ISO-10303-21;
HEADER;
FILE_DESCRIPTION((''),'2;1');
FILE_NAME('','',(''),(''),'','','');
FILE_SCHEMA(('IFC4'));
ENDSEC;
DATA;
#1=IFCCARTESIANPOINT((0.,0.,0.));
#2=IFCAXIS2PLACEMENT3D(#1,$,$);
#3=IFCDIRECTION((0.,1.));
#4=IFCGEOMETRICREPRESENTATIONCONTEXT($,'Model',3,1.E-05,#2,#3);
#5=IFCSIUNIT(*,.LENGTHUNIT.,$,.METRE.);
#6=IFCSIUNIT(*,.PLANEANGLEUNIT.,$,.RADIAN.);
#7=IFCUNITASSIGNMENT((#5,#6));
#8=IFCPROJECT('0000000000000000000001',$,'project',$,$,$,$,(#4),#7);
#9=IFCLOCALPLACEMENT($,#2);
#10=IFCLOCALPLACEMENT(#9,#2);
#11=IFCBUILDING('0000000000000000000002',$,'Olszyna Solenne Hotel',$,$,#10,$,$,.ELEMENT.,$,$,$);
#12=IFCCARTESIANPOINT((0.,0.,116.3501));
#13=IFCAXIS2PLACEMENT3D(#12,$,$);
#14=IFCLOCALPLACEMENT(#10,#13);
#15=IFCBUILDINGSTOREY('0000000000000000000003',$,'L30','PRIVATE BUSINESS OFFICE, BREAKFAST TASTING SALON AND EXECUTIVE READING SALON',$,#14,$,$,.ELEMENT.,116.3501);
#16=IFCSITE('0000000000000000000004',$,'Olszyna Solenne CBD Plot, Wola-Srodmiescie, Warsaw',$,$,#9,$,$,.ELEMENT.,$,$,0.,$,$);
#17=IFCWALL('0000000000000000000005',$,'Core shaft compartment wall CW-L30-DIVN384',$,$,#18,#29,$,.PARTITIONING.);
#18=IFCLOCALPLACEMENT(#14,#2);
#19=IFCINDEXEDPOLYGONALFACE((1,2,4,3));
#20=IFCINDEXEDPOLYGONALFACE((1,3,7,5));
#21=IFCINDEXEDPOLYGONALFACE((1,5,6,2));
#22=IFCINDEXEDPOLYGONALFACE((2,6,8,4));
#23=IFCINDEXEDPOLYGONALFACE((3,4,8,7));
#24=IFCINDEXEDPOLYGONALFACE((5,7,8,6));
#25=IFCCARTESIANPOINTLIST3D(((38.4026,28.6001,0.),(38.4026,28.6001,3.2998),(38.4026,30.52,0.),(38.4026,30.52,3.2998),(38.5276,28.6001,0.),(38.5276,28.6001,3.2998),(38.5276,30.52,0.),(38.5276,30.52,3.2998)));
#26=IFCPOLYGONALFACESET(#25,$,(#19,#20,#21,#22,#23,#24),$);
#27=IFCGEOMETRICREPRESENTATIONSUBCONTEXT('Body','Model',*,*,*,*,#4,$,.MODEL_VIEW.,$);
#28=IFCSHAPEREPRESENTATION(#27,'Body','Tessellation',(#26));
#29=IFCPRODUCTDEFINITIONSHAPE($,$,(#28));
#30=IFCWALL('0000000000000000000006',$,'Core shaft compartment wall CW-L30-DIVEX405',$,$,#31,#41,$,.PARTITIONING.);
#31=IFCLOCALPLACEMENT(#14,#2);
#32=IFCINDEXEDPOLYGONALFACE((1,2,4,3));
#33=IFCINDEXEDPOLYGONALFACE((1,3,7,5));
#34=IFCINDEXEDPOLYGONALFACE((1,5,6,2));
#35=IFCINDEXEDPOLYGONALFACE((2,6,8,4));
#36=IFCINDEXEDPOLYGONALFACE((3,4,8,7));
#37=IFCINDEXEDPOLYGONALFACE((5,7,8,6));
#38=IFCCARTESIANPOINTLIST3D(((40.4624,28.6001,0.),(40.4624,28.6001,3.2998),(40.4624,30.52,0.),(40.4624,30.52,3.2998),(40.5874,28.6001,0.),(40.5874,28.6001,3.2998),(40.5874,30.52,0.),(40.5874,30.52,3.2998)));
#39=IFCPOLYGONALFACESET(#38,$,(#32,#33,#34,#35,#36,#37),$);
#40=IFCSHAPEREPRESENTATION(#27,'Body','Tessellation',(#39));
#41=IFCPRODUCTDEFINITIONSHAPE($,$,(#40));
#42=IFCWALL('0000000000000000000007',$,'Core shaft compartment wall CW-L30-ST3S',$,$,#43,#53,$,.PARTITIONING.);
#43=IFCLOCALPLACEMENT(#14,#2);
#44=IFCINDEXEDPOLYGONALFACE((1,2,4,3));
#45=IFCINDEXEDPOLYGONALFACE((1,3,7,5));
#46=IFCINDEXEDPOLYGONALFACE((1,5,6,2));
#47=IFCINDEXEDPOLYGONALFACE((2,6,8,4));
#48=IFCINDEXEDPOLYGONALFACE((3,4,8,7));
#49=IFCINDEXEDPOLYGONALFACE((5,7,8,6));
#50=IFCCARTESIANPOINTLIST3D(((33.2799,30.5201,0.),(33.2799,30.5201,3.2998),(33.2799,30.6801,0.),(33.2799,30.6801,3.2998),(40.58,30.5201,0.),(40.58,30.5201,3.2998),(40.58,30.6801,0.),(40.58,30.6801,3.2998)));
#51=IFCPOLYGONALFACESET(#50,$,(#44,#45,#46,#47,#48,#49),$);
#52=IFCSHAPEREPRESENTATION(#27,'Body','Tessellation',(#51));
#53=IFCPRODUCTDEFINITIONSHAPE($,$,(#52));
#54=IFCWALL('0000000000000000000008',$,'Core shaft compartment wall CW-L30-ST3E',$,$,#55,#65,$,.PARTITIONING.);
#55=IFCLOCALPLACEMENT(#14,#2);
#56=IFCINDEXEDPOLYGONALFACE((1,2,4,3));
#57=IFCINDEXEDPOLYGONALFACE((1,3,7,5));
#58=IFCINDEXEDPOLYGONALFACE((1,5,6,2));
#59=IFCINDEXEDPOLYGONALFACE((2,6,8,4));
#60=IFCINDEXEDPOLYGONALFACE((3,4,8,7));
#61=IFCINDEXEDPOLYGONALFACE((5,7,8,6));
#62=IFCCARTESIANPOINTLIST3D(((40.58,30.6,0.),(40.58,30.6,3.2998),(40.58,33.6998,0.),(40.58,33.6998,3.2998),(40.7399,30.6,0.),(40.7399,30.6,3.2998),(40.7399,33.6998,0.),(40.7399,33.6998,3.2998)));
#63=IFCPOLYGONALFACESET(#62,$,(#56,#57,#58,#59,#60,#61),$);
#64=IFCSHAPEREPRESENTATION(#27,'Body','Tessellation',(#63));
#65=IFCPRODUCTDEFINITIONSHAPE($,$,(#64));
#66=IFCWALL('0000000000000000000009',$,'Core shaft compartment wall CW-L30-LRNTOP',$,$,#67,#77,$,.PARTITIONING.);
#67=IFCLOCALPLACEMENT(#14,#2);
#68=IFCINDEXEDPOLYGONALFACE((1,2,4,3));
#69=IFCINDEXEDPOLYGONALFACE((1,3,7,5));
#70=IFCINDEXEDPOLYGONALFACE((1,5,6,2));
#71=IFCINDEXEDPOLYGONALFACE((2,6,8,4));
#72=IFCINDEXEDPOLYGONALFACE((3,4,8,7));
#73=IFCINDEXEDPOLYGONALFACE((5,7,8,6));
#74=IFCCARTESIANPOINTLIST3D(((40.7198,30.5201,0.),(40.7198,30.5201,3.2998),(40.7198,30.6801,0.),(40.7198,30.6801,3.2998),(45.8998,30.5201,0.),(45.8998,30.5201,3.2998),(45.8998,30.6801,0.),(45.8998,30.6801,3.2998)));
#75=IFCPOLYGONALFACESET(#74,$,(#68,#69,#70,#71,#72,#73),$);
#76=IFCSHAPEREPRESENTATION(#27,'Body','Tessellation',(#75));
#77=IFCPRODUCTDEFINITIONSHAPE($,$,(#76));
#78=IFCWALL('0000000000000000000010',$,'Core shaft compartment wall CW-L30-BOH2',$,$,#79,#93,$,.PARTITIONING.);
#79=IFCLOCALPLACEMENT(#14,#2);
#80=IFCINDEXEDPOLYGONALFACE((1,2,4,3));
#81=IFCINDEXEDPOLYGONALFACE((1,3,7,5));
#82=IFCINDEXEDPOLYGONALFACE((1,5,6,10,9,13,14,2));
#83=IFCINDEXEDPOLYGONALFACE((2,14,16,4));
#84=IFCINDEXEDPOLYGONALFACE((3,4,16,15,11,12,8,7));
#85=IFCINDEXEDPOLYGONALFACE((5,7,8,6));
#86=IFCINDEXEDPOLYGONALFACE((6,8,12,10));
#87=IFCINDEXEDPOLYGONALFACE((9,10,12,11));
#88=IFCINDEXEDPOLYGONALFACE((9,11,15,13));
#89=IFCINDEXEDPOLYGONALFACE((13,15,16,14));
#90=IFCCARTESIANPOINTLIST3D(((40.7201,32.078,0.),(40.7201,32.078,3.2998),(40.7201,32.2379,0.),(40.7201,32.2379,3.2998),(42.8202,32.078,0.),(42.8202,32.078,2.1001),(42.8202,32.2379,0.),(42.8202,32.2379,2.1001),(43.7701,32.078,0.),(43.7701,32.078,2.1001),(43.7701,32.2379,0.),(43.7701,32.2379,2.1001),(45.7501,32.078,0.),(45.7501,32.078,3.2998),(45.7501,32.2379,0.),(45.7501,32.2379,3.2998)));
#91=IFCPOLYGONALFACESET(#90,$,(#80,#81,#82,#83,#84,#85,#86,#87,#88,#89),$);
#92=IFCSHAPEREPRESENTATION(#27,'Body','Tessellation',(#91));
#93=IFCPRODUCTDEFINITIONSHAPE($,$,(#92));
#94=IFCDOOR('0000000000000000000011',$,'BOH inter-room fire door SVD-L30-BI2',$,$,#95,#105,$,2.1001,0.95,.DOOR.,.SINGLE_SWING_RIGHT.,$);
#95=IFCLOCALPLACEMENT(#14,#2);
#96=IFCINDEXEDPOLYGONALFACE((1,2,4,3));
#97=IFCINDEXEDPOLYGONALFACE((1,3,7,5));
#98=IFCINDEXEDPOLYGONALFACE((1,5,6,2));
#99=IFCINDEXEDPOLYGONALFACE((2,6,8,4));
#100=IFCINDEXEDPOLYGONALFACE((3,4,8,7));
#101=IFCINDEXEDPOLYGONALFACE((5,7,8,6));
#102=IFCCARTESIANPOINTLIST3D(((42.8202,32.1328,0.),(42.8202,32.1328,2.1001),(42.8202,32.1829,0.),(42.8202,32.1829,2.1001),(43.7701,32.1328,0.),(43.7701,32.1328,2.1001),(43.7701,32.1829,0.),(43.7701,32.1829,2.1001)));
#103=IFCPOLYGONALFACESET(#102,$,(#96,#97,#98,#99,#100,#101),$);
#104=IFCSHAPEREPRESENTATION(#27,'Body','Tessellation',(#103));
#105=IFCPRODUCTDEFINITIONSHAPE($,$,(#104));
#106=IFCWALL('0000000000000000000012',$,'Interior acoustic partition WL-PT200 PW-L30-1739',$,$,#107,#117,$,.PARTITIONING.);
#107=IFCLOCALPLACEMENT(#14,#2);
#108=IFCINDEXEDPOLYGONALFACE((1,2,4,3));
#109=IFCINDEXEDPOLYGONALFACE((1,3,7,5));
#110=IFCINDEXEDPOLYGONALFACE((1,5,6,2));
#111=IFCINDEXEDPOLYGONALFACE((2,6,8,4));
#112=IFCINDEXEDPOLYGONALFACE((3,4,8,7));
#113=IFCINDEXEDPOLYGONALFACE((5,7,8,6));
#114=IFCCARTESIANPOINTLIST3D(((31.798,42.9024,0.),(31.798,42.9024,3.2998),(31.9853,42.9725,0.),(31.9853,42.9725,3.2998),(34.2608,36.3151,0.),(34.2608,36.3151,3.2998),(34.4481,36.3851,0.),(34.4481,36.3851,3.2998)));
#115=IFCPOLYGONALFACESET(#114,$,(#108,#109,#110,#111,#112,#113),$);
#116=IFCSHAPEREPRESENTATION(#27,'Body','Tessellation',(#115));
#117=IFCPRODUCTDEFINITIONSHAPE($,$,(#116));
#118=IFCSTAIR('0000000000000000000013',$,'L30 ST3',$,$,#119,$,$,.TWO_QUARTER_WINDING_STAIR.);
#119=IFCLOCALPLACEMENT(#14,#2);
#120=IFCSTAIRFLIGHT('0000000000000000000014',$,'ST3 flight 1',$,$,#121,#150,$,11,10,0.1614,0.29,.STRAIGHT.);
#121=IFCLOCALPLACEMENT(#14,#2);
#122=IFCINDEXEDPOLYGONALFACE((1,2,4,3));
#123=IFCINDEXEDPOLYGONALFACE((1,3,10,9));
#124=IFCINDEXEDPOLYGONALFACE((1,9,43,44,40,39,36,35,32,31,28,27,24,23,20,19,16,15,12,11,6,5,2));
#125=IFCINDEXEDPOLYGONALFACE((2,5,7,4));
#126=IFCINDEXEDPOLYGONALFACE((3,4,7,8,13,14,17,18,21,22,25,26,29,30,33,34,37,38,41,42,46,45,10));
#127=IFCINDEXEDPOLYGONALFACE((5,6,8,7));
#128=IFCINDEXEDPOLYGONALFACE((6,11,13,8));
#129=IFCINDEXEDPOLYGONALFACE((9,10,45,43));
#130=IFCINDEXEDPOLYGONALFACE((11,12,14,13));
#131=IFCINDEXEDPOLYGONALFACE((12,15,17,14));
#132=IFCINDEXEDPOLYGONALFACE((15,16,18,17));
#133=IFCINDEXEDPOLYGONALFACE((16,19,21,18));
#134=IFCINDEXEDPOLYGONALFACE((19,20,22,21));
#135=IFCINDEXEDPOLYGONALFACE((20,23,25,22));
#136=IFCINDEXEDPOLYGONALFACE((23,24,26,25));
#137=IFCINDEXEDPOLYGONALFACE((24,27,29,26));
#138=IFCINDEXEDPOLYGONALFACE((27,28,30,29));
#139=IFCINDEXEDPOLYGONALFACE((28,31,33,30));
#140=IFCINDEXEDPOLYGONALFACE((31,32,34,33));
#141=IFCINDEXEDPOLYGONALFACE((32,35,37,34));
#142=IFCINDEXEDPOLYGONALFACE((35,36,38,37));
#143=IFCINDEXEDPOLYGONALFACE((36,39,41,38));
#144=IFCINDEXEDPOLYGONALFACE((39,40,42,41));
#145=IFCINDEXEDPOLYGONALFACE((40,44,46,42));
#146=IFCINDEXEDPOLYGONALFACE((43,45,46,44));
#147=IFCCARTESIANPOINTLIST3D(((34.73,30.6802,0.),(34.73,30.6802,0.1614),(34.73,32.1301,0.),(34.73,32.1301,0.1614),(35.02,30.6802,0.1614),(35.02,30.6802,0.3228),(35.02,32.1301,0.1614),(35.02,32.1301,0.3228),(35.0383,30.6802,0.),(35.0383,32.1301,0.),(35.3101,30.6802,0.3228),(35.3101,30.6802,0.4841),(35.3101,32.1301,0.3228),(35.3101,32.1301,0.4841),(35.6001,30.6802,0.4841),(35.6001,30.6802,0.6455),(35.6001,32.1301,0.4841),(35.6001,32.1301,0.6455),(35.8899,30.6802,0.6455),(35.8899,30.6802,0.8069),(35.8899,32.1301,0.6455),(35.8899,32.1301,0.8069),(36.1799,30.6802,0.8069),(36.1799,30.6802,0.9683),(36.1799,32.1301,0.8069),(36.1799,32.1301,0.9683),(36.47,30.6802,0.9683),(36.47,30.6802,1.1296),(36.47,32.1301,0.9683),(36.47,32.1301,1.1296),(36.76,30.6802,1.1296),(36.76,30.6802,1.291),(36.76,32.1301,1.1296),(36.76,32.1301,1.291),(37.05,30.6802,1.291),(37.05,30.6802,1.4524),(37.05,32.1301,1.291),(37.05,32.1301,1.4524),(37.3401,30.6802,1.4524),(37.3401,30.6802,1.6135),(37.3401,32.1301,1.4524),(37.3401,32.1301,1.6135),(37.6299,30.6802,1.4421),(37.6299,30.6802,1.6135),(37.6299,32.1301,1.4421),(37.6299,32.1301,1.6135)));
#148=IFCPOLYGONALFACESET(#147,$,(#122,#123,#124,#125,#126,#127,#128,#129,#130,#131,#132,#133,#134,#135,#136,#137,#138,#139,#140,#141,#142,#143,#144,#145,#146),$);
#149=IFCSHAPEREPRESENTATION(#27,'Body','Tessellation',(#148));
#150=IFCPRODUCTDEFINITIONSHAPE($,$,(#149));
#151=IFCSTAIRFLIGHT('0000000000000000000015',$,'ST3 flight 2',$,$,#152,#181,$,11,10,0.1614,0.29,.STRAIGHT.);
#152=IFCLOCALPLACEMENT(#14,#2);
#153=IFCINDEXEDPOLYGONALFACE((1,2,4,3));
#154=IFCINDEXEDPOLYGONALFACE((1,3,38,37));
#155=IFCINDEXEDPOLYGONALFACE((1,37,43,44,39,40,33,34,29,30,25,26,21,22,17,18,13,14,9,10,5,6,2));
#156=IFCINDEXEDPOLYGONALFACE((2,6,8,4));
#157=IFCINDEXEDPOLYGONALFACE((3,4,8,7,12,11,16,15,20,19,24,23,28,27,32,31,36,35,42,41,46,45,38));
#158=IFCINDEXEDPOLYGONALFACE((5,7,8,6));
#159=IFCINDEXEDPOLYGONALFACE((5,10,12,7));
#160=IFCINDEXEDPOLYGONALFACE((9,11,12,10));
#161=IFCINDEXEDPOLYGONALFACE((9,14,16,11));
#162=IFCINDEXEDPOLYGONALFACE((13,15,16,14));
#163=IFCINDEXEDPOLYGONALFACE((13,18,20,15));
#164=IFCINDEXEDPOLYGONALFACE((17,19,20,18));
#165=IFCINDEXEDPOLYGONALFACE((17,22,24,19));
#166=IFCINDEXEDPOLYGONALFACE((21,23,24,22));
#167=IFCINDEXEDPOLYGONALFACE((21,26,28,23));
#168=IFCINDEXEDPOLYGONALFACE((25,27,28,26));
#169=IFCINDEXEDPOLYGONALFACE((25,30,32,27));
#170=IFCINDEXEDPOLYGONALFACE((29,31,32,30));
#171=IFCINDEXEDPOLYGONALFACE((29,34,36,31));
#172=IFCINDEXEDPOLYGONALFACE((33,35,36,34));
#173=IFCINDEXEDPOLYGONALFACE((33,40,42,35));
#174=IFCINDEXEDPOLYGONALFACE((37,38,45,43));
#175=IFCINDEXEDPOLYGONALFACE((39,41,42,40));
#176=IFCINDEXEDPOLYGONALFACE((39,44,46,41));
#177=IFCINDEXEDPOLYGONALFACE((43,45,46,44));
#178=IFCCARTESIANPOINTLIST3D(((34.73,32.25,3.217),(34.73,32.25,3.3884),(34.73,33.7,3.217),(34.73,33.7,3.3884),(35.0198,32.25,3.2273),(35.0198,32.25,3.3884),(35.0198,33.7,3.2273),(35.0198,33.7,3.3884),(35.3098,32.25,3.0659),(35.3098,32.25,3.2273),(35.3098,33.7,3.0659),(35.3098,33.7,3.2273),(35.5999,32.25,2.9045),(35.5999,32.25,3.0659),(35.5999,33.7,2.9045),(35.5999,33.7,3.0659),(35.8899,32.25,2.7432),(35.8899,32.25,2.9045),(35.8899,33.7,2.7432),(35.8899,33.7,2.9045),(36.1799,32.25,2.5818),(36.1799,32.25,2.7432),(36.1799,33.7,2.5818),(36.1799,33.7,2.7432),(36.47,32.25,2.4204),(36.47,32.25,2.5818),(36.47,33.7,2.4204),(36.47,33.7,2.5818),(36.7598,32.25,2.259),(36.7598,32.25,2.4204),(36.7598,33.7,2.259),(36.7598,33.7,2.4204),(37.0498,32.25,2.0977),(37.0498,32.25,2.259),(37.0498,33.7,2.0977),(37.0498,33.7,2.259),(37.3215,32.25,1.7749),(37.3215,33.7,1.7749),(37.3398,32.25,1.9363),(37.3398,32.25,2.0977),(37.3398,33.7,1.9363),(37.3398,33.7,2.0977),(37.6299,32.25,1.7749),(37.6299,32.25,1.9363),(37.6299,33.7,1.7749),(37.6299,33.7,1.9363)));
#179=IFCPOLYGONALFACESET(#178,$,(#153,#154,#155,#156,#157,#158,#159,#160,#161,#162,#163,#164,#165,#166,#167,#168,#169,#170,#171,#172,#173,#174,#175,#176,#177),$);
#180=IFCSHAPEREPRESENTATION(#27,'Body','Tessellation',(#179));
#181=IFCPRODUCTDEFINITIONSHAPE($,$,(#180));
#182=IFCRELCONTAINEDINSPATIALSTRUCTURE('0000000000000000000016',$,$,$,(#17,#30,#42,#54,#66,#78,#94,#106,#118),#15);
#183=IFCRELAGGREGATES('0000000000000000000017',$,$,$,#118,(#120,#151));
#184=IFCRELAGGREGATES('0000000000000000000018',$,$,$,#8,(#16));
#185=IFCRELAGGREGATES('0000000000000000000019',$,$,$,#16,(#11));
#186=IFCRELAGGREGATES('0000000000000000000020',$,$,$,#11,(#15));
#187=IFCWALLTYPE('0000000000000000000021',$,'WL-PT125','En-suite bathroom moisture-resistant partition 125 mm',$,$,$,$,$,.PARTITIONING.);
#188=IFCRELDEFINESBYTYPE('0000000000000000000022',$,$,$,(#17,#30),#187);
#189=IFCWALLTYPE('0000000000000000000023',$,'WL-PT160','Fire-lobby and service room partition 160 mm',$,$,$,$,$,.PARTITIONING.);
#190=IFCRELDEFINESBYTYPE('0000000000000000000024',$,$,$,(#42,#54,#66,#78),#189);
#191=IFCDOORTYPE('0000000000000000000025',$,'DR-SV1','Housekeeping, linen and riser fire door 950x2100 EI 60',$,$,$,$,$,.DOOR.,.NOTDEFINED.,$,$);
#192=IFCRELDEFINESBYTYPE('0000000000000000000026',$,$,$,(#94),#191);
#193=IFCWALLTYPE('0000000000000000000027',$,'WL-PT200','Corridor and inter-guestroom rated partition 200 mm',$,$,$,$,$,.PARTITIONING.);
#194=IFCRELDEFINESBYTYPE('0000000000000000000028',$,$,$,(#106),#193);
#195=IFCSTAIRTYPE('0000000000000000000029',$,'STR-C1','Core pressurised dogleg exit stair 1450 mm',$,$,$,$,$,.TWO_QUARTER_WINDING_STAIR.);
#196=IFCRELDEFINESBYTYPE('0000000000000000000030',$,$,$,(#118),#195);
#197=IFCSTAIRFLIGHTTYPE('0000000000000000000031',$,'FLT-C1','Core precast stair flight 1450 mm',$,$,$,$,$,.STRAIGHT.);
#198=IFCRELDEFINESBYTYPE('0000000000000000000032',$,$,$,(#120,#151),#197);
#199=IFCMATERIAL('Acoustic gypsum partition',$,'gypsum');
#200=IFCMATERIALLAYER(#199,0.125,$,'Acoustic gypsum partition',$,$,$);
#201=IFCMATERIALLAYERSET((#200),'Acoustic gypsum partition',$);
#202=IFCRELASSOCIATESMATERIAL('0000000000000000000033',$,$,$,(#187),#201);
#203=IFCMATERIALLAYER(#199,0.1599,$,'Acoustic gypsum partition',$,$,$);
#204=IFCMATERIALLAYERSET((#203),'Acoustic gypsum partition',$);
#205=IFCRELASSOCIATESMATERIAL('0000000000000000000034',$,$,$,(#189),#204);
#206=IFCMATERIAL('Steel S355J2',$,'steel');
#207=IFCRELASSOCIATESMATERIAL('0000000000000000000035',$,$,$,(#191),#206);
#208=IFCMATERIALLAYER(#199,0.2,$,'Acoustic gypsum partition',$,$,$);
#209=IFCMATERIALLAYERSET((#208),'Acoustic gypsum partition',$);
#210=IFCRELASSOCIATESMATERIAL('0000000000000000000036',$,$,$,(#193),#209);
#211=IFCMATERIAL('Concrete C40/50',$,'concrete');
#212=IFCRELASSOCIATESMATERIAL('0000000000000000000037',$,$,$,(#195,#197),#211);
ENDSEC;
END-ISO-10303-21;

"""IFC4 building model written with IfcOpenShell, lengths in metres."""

from ifc_helpers import new_model, si_unit, direction, frame, frame_2d, origin, place, context, subcontext, project, spatial, polyline, rectangle, outline, extrude, source, transform, mapped, material, layer, layer_set, type_object, type_shapes, element, fill, aggregate, save


model = new_model("IFC4")

# Units and contexts
model_context = context("Model", 3, precision=1e-05, world=origin(), true_north=direction((0.0, 1.0)))
body_context = subcontext(model_context, "Body", "Model", "MODEL_VIEW")
ifc_project = project(units=[si_unit("LENGTHUNIT", "METRE"), si_unit("PLANEANGLEUNIT", "RADIAN")], contexts=[model_context])

# Site, building, storey
site_placement = place(None, origin())
site = spatial("IfcSite", under=ifc_project, at=site_placement, Name="Olszyna Solenne CBD Plot, Wola-Srodmiescie, Warsaw", CompositionType="ELEMENT", RefElevation=0.0)
building_placement = place(site_placement, origin())
building = spatial("IfcBuilding", under=site, at=building_placement, Name="Olszyna Solenne Hotel", CompositionType="ELEMENT")
storey_placement = place(building_placement, frame((0.0, 0.0, 116.3501)))
storey = spatial("IfcBuildingStorey", under=building, at=storey_placement, Name="L30", Description="PRIVATE BUSINESS OFFICE, BREAKFAST TASTING SALON AND EXECUTIVE READING SALON", CompositionType="ELEMENT", Elevation=116.3501)

# Shared definitions
ifc_material_1 = material(Name="Steel S355J2", Category="steel")

# Walls
ifc_material_2 = material(Name="Acoustic gypsum partition", Category="gypsum")
ifc_layer_1 = layer(ifc_material_2, 0.125, Name="Acoustic gypsum partition")
ifc_layer_set_1 = layer_set([ifc_layer_1], Name="Acoustic gypsum partition")
wall_type_1 = type_object("IfcWallType", Name="WL-PT125", Description="En-suite bathroom moisture-resistant partition 125 mm", PredefinedType="PARTITIONING", material=ifc_layer_set_1)
for number, where, z_axis, x_axis, name in (
    (1, (38.4651, 28.6001, 0.0), (0.0, 0.0, 1.0), (0.0, 1.0, 0.0), "Core shaft compartment wall CW-L30-DIVN384"),
    (2, (40.5249, 28.6001, 0.0), (0.0, 0.0, 1.0), (0.0, 1.0, 0.0), "Core shaft compartment wall CW-L30-DIVEX405"),
):
    element("IfcWall", number, at=place(storey_placement, frame(where, z_axis=z_axis, x_axis=x_axis)), inside=storey, type_object=wall_type_1, Name=name, PredefinedType="PARTITIONING", context=body_context, shape_type="SweptSolid", body=[
        extrude(rectangle(XDim=1.9199, YDim=0.125, at=frame_2d((0.96, 0.0))), origin(), (0.0, 0.0, 1.0), 3.2998),
    ])
ifc_layer_2 = layer(ifc_material_2, 0.1599, Name="Acoustic gypsum partition")
ifc_layer_set_2 = layer_set([ifc_layer_2], Name="Acoustic gypsum partition")
wall_type_2 = type_object("IfcWallType", Name="WL-PT160", Description="Fire-lobby and service room partition 160 mm", PredefinedType="PARTITIONING", material=ifc_layer_set_2)
wall_1_placement = place(storey_placement, frame((33.28, 30.6001, 0.0), z_axis=(0.0, 0.0, 1.0), x_axis=(1.0, 0.0, 0.0)))
element("IfcWall", 3, at=wall_1_placement, inside=storey, type_object=wall_type_2, Name="Core shaft compartment wall CW-L30-ST3S", PredefinedType="PARTITIONING", context=body_context, shape_type="SweptSolid", body=[
    extrude(rectangle(XDim=7.3, YDim=0.1599, at=frame_2d((3.6499, 0.0))), origin(), (0.0, 0.0, 1.0), 3.2998),
])
wall_2_placement = place(storey_placement, frame((40.6599, 30.6001, 0.0), z_axis=(0.0, 0.0, 1.0), x_axis=(0.0, 1.0, 0.0)))
element("IfcWall", 4, at=wall_2_placement, inside=storey, type_object=wall_type_2, Name="Core shaft compartment wall CW-L30-ST3E", PredefinedType="PARTITIONING", context=body_context, shape_type="SweptSolid", body=[
    extrude(rectangle(XDim=3.0999, YDim=0.1599, at=frame_2d((1.5498, 0.0))), origin(), (0.0, 0.0, 1.0), 3.2998),
])
wall_3_placement = place(storey_placement, frame((40.72, 30.6001, 0.0), z_axis=(0.0, 0.0, 1.0), x_axis=(1.0, 0.0, 0.0)))
element("IfcWall", 5, at=wall_3_placement, inside=storey, type_object=wall_type_2, Name="Core shaft compartment wall CW-L30-LRNTOP", PredefinedType="PARTITIONING", context=body_context, shape_type="SweptSolid", body=[
    extrude(rectangle(XDim=5.1799, YDim=0.1599, at=frame_2d((2.5898, 0.0))), origin(), (0.0, 0.0, 1.0), 3.2998),
])

# Wall, opening, door
wall_4_placement = place(storey_placement, frame((40.72, 32.158, 0.0), z_axis=(0.0, 0.0, 1.0), x_axis=(1.0, 0.0, 0.0)))
wall_4 = element("IfcWall", 6, at=wall_4_placement, inside=storey, type_object=wall_type_2, Name="Core shaft compartment wall CW-L30-BOH2", PredefinedType="PARTITIONING", context=body_context, shape_type="SweptSolid", body=[
    extrude(rectangle(XDim=5.03, YDim=0.1599, at=frame_2d((2.5151, 0.0))), origin(), (0.0, 0.0, 1.0), 3.2998),
])
opening_placement = place(wall_4_placement, frame((2.1001, 0.0, 0.0)))
opening = element("IfcOpeningElement", 7, at=opening_placement, cuts=wall_4, PredefinedType="OPENING", context=body_context, shape_type="SweptSolid", body=[
    extrude(rectangle(XDim=0.95, YDim=2.1001, at=frame_2d((0.4751, 1.05))), frame((0.0, 0.0898, 0.0), z_axis=(0.0, -1.0, 0.0), x_axis=(1.0, 0.0, 0.0)), (0.0, 0.0, 1.0), 0.1799),
])
door_type = type_object("IfcDoorType", Name="DR-SV1", Description="Housekeeping, linen and riser fire door 950x2100 EI 60", OperationType="NOTDEFINED", PredefinedType="DOOR", material=ifc_material_1)
shared_shape_1 = source(origin(), body_context, "Body", "SweptSolid", [
    extrude(rectangle(XDim=0.95, YDim=2.1001, at=frame_2d((0.4751, 1.05))), frame((0.0, 0.0249, 0.0), z_axis=(0.0, -1.0, 0.0), x_axis=(1.0, 0.0, 0.0)), (0.0, 0.0, 1.0), 0.05),
])
type_shapes(door_type, [shared_shape_1])
door_placement = place(opening_placement, origin())
door = element("IfcDoor", 8, at=door_placement, inside=storey, type_object=door_type, Name="BOH inter-room fire door SVD-L30-BI2", OperationType="SINGLE_SWING_RIGHT", OverallHeight=2.1001, OverallWidth=0.95, PredefinedType="DOOR", context=body_context, shape_type="MappedRepresentation", body=[
    mapped(shared_shape_1, transform((0.0, 0.0, 0.0), x_axis=(1.0, 0.0, 0.0), y_axis=(0.0, 1.0, 0.0), z_axis=(0.0, 0.0, 1.0), scale=1.0)),
])
fill(opening, door)

# Wall
ifc_layer_3 = layer(ifc_material_2, 0.2, Name="Acoustic gypsum partition")
ifc_layer_set_3 = layer_set([ifc_layer_3], Name="Acoustic gypsum partition")
wall_type_3 = type_object("IfcWallType", Name="WL-PT200", Description="Corridor and inter-guestroom rated partition 200 mm", PredefinedType="PARTITIONING", material=ifc_layer_set_3)
wall_5_placement = place(storey_placement, frame((34.3545, 36.3501, 0.0), z_axis=(0.0, 0.0, 1.0), x_axis=(-0.350203, 0.936674, 0.0)))
element("IfcWall", 9, at=wall_5_placement, inside=storey, type_object=wall_type_3, Name="Interior acoustic partition WL-PT200 PW-L30-1739", PredefinedType="PARTITIONING", context=body_context, shape_type="SweptSolid", body=[
    extrude(rectangle(XDim=7.0327, YDim=0.2, at=frame_2d((3.5164, 0.0))), origin(), (0.0, 0.0, 1.0), 3.2998),
])

# Stair, stair flights
ifc_material_3 = material(Name="Concrete C40/50", Category="concrete")
stair_type = type_object("IfcStairType", Name="STR-C1", Description="Core pressurised dogleg exit stair 1450 mm", PredefinedType="TWO_QUARTER_WINDING_STAIR", material=ifc_material_3)
stair_placement = place(storey_placement, origin())
stair = element("IfcStair", 10, at=stair_placement, inside=storey, type_object=stair_type, Name="L30 ST3", PredefinedType="TWO_QUARTER_WINDING_STAIR")
stair_flight_type = type_object("IfcStairFlightType", Name="FLT-C1", Description="Core precast stair flight 1450 mm", PredefinedType="STRAIGHT", material=ifc_material_3)
stair_flight_1_placement = place(storey_placement, frame((34.73, 31.405, 0.0), z_axis=(0.0, 0.0, 1.0), x_axis=(1.0, 0.0, 0.0)))
stair_flight_1 = element("IfcStairFlight", 11, at=stair_flight_1_placement, type_object=stair_flight_type, Name="ST3 flight 1", NumberOfRisers=11, NumberOfTreads=10, PredefinedType="STRAIGHT", RiserHeight=0.1614, TreadLength=0.29, context=body_context, shape_type="SweptSolid", body=[
    extrude(outline(polyline([(0.0, 0.0), (0.0, 0.1614), (0.29, 0.1614), (0.29, 0.3228), (0.5801, 0.3228), (0.5801, 0.4841), (0.8701, 0.4841), (0.8701, 0.6455), (1.1599, 0.6455), (1.1599, 0.8069), (1.45, 0.8069), (1.45, 0.9683), (1.74, 0.9683), (1.74, 1.1296), (2.03, 1.1296), (2.03, 1.291), (2.3201, 1.291), (2.3201, 1.4524), (2.6101, 1.4524), (2.6101, 1.6135), (2.8999, 1.6135), (2.8999, 1.7749), (2.8999, 1.4421), (0.3083, 0.0), (0.0, 0.0)])), frame((0.0, 0.7251, 0.0), z_axis=(0.0, -1.0, 0.0), x_axis=(1.0, 0.0, 0.0)), (0.0, 0.0, 1.0), 1.45),
])
stair_flight_2_placement = place(storey_placement, frame((37.6299, 32.9751, 1.7749), z_axis=(0.0, 0.0, 1.0), x_axis=(-1.0, 0.0, 0.0)))
stair_flight_2 = element("IfcStairFlight", 12, at=stair_flight_2_placement, type_object=stair_flight_type, Name="ST3 flight 2", NumberOfRisers=11, NumberOfTreads=10, PredefinedType="STRAIGHT", RiserHeight=0.1614, TreadLength=0.29, context=body_context, shape_type="SweptSolid", body=[
    extrude(outline(polyline([(0.0, 0.0), (0.0, 0.1614), (0.29, 0.1614), (0.29, 0.3228), (0.5801, 0.3228), (0.5801, 0.4841), (0.8701, 0.4841), (0.8701, 0.6455), (1.1599, 0.6455), (1.1599, 0.8069), (1.45, 0.8069), (1.45, 0.9683), (1.74, 0.9683), (1.74, 1.1296), (2.03, 1.1296), (2.03, 1.291), (2.3201, 1.291), (2.3201, 1.4524), (2.6101, 1.4524), (2.6101, 1.6135), (2.8999, 1.6135), (2.8999, 1.7749), (2.8999, 1.4421), (0.3083, 0.0), (0.0, 0.0)])), frame((0.0, 0.7251, 0.0), z_axis=(0.0, -1.0, 0.0), x_axis=(1.0, 0.0, 0.0)), (0.0, 0.0, 1.0), 1.45),
])
aggregate(stair, [stair_flight_1, stair_flight_2])

save(model, "model.ifc")
